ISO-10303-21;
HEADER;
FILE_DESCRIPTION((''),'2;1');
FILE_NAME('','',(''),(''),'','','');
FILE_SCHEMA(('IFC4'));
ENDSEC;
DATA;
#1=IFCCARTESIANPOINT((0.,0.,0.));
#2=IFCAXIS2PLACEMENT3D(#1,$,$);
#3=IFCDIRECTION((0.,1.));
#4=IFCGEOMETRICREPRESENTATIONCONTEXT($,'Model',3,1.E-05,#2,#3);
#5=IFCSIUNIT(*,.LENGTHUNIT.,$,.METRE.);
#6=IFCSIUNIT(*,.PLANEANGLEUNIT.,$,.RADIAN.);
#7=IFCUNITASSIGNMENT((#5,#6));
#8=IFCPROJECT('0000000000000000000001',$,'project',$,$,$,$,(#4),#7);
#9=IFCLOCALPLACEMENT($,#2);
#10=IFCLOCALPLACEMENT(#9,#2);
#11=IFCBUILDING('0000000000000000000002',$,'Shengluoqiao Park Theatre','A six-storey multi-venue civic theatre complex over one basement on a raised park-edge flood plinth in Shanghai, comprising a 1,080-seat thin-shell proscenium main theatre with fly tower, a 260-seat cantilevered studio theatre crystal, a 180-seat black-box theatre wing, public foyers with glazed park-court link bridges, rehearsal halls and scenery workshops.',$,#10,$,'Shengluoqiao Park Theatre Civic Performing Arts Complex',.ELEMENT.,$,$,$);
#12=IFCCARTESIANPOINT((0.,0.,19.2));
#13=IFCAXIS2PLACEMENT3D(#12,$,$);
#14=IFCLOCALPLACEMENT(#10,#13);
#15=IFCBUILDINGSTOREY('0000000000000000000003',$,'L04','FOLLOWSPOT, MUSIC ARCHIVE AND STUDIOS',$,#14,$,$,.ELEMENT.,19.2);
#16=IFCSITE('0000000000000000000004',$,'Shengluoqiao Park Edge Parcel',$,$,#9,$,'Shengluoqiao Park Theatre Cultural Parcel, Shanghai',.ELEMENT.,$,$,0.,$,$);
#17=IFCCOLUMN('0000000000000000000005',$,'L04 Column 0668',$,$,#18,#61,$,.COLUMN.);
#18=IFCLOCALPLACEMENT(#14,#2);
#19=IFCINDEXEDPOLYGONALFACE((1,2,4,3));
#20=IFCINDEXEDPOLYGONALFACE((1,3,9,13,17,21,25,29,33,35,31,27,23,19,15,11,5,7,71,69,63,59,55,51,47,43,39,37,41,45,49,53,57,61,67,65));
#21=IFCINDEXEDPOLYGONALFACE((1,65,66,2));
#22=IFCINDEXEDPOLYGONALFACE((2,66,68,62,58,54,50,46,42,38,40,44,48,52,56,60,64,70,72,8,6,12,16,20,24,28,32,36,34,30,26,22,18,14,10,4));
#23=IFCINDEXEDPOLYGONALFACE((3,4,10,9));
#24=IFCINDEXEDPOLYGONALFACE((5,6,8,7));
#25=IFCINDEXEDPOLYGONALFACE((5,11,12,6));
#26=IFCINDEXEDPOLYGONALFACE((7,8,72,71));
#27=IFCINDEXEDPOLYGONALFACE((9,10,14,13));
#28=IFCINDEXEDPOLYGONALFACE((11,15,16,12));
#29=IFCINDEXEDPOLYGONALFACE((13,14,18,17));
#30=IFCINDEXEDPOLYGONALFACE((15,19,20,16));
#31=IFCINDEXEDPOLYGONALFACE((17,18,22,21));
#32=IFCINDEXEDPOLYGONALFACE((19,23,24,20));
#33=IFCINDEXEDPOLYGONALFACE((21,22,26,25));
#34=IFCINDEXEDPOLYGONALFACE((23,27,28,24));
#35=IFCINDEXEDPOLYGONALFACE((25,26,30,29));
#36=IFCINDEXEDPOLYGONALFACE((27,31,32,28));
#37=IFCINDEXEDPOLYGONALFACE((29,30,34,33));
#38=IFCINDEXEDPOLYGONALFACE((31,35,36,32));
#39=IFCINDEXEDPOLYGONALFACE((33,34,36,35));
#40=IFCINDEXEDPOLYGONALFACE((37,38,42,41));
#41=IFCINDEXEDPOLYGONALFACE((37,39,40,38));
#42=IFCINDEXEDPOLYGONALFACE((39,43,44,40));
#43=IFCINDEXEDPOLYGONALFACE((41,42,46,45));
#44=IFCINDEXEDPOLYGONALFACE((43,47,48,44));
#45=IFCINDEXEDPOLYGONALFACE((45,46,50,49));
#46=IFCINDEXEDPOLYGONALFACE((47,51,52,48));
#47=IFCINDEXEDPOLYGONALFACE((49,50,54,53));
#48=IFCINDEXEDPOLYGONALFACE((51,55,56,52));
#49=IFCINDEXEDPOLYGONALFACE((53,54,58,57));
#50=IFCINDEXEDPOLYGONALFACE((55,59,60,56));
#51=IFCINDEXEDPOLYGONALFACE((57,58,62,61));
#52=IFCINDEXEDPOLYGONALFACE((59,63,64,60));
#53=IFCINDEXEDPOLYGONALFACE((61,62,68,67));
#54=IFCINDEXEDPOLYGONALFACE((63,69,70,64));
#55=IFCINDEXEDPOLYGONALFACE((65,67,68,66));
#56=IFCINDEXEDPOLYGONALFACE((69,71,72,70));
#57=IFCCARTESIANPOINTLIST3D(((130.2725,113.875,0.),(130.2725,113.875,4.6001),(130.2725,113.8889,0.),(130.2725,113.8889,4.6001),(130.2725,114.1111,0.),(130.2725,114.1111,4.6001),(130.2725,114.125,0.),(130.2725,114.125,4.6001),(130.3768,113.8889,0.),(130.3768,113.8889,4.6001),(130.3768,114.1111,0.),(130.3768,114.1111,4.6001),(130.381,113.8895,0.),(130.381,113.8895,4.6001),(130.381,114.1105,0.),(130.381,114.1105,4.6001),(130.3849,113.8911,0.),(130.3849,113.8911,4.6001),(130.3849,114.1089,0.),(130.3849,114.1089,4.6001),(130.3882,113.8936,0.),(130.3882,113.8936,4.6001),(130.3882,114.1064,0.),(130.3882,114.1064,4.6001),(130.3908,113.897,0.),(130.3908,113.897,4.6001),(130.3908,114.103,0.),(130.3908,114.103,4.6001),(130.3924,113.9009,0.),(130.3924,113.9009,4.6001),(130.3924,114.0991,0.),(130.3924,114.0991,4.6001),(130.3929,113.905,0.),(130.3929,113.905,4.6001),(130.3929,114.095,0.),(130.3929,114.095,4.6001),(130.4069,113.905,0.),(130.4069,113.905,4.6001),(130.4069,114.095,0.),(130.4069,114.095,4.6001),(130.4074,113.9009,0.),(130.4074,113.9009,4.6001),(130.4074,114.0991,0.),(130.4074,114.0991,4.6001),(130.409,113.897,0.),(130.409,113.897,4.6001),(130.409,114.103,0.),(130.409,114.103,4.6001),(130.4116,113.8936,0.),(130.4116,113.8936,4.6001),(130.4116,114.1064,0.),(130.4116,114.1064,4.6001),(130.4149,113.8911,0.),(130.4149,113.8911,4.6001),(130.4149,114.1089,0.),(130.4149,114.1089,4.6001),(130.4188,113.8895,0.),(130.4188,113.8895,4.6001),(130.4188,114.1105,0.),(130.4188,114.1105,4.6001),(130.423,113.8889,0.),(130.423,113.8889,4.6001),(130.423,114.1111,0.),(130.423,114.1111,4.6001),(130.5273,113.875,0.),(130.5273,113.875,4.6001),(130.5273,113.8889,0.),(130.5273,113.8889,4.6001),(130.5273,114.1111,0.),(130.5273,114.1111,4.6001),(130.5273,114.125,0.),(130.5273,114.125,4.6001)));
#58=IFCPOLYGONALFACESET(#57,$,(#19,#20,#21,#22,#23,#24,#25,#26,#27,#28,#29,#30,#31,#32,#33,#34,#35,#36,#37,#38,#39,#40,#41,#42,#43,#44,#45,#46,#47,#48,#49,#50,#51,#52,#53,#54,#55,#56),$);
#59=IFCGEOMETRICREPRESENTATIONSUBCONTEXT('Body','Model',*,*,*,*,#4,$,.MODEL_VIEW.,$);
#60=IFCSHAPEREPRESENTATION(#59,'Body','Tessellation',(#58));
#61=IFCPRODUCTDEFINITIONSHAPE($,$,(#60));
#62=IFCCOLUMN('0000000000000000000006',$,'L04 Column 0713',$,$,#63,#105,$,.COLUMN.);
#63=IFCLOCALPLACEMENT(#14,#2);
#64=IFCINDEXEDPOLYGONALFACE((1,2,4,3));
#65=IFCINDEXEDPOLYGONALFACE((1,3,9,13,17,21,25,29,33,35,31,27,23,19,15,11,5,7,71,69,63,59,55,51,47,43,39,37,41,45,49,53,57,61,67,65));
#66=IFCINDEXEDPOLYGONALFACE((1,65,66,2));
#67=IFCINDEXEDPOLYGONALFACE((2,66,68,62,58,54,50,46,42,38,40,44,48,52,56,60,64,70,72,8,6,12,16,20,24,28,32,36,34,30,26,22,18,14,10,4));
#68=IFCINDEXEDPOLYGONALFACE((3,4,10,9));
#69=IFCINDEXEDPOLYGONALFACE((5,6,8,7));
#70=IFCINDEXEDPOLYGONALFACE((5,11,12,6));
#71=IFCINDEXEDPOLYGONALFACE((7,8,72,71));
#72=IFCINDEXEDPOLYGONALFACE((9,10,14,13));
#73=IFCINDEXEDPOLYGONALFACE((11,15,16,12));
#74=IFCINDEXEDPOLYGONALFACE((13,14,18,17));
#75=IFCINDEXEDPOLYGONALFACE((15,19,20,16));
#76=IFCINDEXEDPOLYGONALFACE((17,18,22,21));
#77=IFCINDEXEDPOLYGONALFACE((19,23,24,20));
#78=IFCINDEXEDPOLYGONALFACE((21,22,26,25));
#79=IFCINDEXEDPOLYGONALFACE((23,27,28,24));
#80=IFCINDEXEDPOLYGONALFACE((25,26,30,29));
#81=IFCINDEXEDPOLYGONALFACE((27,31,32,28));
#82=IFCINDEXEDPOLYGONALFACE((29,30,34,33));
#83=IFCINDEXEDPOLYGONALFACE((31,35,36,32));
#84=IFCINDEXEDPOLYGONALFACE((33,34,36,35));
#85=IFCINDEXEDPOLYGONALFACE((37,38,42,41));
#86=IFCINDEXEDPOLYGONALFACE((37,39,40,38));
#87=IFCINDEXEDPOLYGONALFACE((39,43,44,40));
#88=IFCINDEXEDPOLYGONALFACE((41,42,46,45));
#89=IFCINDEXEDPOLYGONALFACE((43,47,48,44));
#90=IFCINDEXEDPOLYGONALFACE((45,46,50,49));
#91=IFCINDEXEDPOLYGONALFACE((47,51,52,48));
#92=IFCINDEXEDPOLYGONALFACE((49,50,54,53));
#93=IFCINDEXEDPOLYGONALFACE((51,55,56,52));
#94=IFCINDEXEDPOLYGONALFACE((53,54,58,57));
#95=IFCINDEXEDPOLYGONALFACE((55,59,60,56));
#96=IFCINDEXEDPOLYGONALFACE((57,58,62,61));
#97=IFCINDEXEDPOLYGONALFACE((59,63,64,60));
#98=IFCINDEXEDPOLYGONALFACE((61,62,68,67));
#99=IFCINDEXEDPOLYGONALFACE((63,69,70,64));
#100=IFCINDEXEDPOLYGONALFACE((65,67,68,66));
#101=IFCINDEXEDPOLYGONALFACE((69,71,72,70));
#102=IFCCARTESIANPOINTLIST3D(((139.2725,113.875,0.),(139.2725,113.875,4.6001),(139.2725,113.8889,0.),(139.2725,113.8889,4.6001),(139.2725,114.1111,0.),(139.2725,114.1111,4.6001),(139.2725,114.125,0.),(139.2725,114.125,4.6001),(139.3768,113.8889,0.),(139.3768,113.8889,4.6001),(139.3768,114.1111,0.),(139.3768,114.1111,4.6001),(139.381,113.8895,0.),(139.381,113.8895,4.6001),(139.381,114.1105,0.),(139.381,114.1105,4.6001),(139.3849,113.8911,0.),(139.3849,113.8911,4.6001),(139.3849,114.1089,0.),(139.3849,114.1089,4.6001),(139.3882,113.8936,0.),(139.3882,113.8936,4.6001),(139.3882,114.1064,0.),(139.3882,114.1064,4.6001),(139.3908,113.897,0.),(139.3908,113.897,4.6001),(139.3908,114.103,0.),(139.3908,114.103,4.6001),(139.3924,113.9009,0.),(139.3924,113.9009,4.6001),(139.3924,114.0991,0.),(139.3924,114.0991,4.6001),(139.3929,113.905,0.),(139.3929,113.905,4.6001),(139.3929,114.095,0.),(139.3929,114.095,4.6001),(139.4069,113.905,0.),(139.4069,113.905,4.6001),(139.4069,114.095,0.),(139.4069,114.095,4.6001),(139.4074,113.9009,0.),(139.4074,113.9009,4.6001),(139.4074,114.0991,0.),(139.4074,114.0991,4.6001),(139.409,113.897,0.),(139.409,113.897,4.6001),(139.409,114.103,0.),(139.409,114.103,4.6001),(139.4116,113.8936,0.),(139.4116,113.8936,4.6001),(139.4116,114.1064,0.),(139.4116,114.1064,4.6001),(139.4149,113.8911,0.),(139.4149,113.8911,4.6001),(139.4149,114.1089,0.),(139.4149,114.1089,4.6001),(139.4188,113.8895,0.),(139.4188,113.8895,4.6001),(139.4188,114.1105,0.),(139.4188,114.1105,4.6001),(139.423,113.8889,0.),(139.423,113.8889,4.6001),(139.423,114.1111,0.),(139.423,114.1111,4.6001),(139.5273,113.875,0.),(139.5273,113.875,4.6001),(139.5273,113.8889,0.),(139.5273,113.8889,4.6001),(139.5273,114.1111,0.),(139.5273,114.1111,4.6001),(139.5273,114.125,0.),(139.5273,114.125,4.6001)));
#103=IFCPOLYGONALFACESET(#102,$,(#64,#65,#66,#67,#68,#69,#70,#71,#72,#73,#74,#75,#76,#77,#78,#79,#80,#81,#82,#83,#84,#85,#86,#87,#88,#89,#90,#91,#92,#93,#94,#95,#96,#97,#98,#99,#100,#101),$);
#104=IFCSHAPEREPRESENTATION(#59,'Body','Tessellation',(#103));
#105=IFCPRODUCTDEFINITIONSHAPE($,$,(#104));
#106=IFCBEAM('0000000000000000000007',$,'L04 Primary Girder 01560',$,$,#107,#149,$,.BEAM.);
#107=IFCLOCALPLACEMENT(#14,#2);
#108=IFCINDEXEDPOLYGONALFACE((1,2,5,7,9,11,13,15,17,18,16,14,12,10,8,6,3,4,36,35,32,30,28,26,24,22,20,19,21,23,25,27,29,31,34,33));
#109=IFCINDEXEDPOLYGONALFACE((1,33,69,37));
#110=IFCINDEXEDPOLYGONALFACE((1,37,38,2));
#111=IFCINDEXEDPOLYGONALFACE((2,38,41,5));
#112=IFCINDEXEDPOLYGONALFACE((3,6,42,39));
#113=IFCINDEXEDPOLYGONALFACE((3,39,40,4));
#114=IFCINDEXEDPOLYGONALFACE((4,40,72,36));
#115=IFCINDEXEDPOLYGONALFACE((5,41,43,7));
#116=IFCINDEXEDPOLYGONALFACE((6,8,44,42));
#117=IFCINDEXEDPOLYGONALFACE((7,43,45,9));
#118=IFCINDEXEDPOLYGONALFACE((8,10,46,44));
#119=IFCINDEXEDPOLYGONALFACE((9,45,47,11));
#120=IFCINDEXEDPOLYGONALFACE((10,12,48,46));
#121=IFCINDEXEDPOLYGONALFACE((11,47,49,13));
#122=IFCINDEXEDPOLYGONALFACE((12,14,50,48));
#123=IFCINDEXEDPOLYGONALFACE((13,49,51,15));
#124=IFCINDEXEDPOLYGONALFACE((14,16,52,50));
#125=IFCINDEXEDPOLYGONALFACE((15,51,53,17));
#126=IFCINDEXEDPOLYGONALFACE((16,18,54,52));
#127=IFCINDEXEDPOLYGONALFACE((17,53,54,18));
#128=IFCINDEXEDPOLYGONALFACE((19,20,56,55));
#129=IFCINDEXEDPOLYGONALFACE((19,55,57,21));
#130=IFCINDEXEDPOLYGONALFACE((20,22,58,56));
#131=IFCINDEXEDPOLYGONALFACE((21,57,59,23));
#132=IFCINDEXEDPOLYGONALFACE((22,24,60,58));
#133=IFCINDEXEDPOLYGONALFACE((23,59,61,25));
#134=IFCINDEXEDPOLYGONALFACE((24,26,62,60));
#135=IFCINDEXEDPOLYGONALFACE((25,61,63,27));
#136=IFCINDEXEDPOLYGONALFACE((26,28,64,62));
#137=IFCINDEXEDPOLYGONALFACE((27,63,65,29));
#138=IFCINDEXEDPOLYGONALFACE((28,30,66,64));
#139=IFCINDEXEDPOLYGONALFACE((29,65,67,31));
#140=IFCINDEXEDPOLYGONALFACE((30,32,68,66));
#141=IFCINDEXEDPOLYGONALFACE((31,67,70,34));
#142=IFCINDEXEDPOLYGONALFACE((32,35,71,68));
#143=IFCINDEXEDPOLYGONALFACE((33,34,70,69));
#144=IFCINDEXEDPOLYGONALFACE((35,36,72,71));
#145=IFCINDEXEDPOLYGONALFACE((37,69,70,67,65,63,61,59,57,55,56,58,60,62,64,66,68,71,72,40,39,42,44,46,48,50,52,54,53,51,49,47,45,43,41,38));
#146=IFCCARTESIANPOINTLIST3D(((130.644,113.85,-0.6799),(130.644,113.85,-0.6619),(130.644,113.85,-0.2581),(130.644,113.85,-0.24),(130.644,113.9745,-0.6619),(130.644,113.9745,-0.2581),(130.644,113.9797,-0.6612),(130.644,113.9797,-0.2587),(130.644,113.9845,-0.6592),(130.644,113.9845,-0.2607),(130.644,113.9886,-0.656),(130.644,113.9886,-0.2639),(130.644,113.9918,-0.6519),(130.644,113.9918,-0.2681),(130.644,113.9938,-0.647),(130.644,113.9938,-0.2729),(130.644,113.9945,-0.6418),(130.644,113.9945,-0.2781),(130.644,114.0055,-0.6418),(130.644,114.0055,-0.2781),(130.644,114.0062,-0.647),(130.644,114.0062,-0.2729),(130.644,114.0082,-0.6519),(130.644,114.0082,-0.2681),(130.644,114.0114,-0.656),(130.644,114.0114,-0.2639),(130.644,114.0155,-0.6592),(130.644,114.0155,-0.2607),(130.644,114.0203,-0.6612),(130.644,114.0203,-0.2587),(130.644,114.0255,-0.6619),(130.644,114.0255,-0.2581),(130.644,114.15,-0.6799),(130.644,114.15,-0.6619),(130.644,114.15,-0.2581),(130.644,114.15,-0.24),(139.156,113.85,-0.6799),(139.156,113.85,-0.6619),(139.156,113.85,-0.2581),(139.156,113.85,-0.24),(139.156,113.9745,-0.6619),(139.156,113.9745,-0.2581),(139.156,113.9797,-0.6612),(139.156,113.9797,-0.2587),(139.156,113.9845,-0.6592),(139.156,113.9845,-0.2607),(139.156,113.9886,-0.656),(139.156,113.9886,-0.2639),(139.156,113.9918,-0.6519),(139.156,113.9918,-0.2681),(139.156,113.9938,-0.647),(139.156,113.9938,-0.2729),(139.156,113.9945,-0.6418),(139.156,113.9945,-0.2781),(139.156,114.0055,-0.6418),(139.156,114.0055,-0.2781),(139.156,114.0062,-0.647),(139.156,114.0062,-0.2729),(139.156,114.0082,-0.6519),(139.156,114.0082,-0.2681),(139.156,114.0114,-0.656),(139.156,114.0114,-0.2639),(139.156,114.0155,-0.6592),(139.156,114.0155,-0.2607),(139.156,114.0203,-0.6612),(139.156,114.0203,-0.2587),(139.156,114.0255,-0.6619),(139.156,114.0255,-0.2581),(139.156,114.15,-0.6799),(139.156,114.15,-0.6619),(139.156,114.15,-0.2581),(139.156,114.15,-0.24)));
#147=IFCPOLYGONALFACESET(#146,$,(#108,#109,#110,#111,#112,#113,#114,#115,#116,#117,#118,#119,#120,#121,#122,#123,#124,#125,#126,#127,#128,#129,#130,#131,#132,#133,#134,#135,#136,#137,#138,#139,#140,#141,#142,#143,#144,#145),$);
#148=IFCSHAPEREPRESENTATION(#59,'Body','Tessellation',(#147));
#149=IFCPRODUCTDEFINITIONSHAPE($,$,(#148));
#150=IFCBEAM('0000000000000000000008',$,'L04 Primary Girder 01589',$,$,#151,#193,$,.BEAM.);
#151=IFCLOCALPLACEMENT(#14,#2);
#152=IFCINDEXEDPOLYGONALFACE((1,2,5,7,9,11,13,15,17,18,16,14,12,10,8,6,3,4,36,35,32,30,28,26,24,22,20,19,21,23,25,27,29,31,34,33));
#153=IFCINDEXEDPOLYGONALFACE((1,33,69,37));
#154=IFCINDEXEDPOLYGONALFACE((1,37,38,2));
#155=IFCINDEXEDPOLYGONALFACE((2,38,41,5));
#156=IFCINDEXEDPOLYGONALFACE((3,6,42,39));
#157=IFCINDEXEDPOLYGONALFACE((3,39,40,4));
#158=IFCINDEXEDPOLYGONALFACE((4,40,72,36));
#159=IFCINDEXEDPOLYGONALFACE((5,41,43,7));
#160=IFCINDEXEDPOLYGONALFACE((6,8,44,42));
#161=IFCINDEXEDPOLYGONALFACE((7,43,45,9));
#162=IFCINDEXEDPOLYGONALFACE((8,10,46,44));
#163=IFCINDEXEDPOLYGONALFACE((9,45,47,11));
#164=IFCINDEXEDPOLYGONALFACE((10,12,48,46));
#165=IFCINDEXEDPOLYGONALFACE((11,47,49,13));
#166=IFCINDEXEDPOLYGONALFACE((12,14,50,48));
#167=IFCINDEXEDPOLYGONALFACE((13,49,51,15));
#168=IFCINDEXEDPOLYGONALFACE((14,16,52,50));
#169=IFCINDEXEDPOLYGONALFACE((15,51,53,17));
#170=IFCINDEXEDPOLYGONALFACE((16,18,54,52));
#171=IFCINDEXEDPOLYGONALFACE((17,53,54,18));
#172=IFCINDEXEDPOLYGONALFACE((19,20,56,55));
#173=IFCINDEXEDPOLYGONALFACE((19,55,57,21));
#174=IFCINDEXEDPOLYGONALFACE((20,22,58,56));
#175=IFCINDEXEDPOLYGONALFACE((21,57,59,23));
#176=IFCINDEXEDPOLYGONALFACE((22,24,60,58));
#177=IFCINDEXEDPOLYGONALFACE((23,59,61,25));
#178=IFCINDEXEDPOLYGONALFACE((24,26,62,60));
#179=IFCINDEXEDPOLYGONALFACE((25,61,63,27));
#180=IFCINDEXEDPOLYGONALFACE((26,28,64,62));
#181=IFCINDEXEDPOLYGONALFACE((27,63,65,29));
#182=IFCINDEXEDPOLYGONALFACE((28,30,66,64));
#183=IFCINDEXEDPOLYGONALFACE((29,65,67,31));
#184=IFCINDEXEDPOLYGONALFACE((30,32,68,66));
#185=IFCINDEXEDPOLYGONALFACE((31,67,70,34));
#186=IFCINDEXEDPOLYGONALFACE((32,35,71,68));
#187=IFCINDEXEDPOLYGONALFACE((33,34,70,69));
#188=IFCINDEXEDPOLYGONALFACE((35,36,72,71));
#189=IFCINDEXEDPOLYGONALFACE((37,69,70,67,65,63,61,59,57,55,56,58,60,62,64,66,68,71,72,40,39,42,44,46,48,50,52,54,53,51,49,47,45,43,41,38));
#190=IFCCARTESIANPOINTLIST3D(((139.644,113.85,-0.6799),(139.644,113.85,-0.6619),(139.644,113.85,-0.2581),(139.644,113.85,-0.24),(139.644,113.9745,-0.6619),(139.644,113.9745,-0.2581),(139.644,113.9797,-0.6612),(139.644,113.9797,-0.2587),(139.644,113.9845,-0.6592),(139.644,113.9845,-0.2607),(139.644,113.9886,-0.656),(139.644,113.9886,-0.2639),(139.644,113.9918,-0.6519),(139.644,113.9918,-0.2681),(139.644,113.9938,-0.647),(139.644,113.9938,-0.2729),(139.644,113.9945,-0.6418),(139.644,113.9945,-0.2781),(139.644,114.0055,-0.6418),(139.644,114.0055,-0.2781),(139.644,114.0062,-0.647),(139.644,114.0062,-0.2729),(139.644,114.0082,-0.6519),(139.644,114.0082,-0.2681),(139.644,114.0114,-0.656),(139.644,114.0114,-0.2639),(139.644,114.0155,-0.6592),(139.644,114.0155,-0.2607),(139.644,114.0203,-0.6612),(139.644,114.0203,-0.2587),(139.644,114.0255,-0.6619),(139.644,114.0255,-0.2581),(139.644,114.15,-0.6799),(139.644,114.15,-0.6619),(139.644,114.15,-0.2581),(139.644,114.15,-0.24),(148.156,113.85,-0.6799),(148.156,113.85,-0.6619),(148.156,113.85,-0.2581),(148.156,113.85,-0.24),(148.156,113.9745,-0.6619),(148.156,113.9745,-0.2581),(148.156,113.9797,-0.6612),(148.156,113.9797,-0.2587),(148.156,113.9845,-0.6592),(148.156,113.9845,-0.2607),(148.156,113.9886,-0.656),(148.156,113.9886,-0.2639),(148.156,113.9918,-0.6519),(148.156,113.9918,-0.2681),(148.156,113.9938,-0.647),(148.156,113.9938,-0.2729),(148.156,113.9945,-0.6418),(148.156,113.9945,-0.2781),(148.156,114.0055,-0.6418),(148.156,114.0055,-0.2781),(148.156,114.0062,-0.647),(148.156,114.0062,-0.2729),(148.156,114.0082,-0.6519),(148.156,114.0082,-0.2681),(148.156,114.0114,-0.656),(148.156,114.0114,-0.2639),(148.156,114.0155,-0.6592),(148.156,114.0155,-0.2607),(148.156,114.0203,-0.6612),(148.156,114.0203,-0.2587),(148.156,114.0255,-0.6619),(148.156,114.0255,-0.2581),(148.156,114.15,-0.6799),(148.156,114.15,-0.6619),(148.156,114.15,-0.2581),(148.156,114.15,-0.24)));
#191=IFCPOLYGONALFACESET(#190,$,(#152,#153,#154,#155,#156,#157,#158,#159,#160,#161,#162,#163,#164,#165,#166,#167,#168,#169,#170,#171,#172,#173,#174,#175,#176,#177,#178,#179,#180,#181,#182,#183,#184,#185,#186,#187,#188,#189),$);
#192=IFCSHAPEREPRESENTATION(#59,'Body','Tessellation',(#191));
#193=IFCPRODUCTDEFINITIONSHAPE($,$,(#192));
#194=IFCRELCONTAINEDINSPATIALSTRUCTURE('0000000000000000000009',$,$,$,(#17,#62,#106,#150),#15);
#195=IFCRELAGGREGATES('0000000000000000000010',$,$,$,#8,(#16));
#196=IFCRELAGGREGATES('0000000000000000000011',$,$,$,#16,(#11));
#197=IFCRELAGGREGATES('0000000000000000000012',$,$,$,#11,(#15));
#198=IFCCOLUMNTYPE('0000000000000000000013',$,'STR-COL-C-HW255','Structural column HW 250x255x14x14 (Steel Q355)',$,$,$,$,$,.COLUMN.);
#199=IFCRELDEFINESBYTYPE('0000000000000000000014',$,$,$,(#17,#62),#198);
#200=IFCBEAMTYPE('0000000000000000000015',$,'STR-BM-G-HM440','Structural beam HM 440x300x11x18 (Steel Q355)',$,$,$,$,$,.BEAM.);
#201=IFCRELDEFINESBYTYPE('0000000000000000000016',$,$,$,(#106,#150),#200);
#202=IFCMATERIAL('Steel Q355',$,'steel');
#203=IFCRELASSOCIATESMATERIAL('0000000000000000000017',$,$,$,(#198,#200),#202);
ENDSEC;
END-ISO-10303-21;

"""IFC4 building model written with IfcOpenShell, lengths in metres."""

from ifc_helpers import new_model, si_unit, direction, frame, origin, origin_2d, place, context, subcontext, project, spatial, i_section, extrude, material, material_profile, profile_set, type_object, element, save


model = new_model("IFC4")

# Units and contexts
model_context = context("Model", 3, precision=1e-05, world=origin(), true_north=direction((0.0, 1.0)))
body_context = subcontext(model_context, "Body", "Model", "MODEL_VIEW")
ifc_project = project(units=[si_unit("LENGTHUNIT", "METRE"), si_unit("PLANEANGLEUNIT", "RADIAN")], contexts=[model_context])

# Site, building, storey
site_placement = place(None, origin())
site = spatial("IfcSite", under=ifc_project, at=site_placement, Name="Shengluoqiao Park Edge Parcel", LongName="Shengluoqiao Park Theatre Cultural Parcel, Shanghai", CompositionType="ELEMENT", RefElevation=0.0)
building_placement = place(site_placement, origin())
building = spatial("IfcBuilding", under=site, at=building_placement, Name="Shengluoqiao Park Theatre", Description="A six-storey multi-venue civic theatre complex over one basement on a raised park-edge flood plinth in Shanghai, comprising a 1,080-seat thin-shell proscenium main theatre with fly tower, a 260-seat cantilevered studio theatre crystal, a 180-seat black-box theatre wing, public foyers with glazed park-court link bridges, rehearsal halls and scenery workshops.", LongName="Shengluoqiao Park Theatre Civic Performing Arts Complex", CompositionType="ELEMENT")
storey_placement = place(building_placement, frame((0.0, 0.0, 19.2)))
storey = spatial("IfcBuildingStorey", under=building, at=storey_placement, Name="L04", Description="FOLLOWSPOT, MUSIC ARCHIVE AND STUDIOS", CompositionType="ELEMENT", Elevation=19.2)

# Columns
ifc_material_1 = material(Name="Steel Q355", Category="steel")
ifc_material_profile_1 = material_profile(ifc_material_1, i_section(OverallWidth=0.2549, OverallDepth=0.25, WebThickness=0.0139, FlangeThickness=0.0139, FilletRadius=0.0161, at=origin_2d()), Name="HW 250x255x14x14")
ifc_profile_set_1 = profile_set([ifc_material_profile_1], Name="Steel Q355")
column_type = type_object("IfcColumnType", Name="STR-COL-C-HW255", Description="Structural column HW 250x255x14x14 (Steel Q355)", PredefinedType="COLUMN", material=ifc_profile_set_1)
for number, where, z_axis, x_axis, name in (
    (1, (130.3999, 114.0, 0.0), (0.0, 0.0, 1.0), (1.0, 0.0, 0.0), "L04 Column 0668"),
    (2, (139.3999, 114.0, 0.0), (0.0, 0.0, 1.0), (1.0, 0.0, 0.0), "L04 Column 0713"),
):
    element("IfcColumn", number, at=place(storey_placement, frame(where, z_axis=z_axis, x_axis=x_axis)), inside=storey, type_object=column_type, Name=name, PredefinedType="COLUMN", context=body_context, shape_type="SweptSolid", body=[
        extrude(i_section(OverallWidth=0.2549, OverallDepth=0.25, WebThickness=0.0139, FlangeThickness=0.0139, FilletRadius=0.0161, at=origin_2d()), origin(), (0.0, 0.0, 1.0), 4.6001),
    ])

# Beams
ifc_material_profile_2 = material_profile(ifc_material_1, i_section(OverallWidth=0.3, OverallDepth=0.4399, WebThickness=0.011, FlangeThickness=0.0181, FilletRadius=0.02, at=origin_2d()), Name="HM 440x300x11x18")
ifc_profile_set_2 = profile_set([ifc_material_profile_2], Name="Steel Q355")
beam_type = type_object("IfcBeamType", Name="STR-BM-G-HM440", Description="Structural beam HM 440x300x11x18 (Steel Q355)", PredefinedType="BEAM", material=ifc_profile_set_2)
for number, where, z_axis, x_axis, name in (
    (3, (130.644, 114.0, -0.46), (1.0, 0.0, 0.0), (0.0, 1.0, 0.0), "L04 Primary Girder 01560"),
    (4, (139.644, 114.0, -0.46), (1.0, 0.0, 0.0), (0.0, 1.0, 0.0), "L04 Primary Girder 01589"),
):
    element("IfcBeam", number, at=place(storey_placement, frame(where, z_axis=z_axis, x_axis=x_axis)), inside=storey, type_object=beam_type, Name=name, PredefinedType="BEAM", context=body_context, shape_type="SweptSolid", body=[
        extrude(i_section(OverallWidth=0.3, OverallDepth=0.4399, WebThickness=0.011, FlangeThickness=0.0181, FilletRadius=0.02, at=origin_2d()), origin(), (0.0, 0.0, 1.0), 8.512),
    ])

save(model, "model.ifc")
